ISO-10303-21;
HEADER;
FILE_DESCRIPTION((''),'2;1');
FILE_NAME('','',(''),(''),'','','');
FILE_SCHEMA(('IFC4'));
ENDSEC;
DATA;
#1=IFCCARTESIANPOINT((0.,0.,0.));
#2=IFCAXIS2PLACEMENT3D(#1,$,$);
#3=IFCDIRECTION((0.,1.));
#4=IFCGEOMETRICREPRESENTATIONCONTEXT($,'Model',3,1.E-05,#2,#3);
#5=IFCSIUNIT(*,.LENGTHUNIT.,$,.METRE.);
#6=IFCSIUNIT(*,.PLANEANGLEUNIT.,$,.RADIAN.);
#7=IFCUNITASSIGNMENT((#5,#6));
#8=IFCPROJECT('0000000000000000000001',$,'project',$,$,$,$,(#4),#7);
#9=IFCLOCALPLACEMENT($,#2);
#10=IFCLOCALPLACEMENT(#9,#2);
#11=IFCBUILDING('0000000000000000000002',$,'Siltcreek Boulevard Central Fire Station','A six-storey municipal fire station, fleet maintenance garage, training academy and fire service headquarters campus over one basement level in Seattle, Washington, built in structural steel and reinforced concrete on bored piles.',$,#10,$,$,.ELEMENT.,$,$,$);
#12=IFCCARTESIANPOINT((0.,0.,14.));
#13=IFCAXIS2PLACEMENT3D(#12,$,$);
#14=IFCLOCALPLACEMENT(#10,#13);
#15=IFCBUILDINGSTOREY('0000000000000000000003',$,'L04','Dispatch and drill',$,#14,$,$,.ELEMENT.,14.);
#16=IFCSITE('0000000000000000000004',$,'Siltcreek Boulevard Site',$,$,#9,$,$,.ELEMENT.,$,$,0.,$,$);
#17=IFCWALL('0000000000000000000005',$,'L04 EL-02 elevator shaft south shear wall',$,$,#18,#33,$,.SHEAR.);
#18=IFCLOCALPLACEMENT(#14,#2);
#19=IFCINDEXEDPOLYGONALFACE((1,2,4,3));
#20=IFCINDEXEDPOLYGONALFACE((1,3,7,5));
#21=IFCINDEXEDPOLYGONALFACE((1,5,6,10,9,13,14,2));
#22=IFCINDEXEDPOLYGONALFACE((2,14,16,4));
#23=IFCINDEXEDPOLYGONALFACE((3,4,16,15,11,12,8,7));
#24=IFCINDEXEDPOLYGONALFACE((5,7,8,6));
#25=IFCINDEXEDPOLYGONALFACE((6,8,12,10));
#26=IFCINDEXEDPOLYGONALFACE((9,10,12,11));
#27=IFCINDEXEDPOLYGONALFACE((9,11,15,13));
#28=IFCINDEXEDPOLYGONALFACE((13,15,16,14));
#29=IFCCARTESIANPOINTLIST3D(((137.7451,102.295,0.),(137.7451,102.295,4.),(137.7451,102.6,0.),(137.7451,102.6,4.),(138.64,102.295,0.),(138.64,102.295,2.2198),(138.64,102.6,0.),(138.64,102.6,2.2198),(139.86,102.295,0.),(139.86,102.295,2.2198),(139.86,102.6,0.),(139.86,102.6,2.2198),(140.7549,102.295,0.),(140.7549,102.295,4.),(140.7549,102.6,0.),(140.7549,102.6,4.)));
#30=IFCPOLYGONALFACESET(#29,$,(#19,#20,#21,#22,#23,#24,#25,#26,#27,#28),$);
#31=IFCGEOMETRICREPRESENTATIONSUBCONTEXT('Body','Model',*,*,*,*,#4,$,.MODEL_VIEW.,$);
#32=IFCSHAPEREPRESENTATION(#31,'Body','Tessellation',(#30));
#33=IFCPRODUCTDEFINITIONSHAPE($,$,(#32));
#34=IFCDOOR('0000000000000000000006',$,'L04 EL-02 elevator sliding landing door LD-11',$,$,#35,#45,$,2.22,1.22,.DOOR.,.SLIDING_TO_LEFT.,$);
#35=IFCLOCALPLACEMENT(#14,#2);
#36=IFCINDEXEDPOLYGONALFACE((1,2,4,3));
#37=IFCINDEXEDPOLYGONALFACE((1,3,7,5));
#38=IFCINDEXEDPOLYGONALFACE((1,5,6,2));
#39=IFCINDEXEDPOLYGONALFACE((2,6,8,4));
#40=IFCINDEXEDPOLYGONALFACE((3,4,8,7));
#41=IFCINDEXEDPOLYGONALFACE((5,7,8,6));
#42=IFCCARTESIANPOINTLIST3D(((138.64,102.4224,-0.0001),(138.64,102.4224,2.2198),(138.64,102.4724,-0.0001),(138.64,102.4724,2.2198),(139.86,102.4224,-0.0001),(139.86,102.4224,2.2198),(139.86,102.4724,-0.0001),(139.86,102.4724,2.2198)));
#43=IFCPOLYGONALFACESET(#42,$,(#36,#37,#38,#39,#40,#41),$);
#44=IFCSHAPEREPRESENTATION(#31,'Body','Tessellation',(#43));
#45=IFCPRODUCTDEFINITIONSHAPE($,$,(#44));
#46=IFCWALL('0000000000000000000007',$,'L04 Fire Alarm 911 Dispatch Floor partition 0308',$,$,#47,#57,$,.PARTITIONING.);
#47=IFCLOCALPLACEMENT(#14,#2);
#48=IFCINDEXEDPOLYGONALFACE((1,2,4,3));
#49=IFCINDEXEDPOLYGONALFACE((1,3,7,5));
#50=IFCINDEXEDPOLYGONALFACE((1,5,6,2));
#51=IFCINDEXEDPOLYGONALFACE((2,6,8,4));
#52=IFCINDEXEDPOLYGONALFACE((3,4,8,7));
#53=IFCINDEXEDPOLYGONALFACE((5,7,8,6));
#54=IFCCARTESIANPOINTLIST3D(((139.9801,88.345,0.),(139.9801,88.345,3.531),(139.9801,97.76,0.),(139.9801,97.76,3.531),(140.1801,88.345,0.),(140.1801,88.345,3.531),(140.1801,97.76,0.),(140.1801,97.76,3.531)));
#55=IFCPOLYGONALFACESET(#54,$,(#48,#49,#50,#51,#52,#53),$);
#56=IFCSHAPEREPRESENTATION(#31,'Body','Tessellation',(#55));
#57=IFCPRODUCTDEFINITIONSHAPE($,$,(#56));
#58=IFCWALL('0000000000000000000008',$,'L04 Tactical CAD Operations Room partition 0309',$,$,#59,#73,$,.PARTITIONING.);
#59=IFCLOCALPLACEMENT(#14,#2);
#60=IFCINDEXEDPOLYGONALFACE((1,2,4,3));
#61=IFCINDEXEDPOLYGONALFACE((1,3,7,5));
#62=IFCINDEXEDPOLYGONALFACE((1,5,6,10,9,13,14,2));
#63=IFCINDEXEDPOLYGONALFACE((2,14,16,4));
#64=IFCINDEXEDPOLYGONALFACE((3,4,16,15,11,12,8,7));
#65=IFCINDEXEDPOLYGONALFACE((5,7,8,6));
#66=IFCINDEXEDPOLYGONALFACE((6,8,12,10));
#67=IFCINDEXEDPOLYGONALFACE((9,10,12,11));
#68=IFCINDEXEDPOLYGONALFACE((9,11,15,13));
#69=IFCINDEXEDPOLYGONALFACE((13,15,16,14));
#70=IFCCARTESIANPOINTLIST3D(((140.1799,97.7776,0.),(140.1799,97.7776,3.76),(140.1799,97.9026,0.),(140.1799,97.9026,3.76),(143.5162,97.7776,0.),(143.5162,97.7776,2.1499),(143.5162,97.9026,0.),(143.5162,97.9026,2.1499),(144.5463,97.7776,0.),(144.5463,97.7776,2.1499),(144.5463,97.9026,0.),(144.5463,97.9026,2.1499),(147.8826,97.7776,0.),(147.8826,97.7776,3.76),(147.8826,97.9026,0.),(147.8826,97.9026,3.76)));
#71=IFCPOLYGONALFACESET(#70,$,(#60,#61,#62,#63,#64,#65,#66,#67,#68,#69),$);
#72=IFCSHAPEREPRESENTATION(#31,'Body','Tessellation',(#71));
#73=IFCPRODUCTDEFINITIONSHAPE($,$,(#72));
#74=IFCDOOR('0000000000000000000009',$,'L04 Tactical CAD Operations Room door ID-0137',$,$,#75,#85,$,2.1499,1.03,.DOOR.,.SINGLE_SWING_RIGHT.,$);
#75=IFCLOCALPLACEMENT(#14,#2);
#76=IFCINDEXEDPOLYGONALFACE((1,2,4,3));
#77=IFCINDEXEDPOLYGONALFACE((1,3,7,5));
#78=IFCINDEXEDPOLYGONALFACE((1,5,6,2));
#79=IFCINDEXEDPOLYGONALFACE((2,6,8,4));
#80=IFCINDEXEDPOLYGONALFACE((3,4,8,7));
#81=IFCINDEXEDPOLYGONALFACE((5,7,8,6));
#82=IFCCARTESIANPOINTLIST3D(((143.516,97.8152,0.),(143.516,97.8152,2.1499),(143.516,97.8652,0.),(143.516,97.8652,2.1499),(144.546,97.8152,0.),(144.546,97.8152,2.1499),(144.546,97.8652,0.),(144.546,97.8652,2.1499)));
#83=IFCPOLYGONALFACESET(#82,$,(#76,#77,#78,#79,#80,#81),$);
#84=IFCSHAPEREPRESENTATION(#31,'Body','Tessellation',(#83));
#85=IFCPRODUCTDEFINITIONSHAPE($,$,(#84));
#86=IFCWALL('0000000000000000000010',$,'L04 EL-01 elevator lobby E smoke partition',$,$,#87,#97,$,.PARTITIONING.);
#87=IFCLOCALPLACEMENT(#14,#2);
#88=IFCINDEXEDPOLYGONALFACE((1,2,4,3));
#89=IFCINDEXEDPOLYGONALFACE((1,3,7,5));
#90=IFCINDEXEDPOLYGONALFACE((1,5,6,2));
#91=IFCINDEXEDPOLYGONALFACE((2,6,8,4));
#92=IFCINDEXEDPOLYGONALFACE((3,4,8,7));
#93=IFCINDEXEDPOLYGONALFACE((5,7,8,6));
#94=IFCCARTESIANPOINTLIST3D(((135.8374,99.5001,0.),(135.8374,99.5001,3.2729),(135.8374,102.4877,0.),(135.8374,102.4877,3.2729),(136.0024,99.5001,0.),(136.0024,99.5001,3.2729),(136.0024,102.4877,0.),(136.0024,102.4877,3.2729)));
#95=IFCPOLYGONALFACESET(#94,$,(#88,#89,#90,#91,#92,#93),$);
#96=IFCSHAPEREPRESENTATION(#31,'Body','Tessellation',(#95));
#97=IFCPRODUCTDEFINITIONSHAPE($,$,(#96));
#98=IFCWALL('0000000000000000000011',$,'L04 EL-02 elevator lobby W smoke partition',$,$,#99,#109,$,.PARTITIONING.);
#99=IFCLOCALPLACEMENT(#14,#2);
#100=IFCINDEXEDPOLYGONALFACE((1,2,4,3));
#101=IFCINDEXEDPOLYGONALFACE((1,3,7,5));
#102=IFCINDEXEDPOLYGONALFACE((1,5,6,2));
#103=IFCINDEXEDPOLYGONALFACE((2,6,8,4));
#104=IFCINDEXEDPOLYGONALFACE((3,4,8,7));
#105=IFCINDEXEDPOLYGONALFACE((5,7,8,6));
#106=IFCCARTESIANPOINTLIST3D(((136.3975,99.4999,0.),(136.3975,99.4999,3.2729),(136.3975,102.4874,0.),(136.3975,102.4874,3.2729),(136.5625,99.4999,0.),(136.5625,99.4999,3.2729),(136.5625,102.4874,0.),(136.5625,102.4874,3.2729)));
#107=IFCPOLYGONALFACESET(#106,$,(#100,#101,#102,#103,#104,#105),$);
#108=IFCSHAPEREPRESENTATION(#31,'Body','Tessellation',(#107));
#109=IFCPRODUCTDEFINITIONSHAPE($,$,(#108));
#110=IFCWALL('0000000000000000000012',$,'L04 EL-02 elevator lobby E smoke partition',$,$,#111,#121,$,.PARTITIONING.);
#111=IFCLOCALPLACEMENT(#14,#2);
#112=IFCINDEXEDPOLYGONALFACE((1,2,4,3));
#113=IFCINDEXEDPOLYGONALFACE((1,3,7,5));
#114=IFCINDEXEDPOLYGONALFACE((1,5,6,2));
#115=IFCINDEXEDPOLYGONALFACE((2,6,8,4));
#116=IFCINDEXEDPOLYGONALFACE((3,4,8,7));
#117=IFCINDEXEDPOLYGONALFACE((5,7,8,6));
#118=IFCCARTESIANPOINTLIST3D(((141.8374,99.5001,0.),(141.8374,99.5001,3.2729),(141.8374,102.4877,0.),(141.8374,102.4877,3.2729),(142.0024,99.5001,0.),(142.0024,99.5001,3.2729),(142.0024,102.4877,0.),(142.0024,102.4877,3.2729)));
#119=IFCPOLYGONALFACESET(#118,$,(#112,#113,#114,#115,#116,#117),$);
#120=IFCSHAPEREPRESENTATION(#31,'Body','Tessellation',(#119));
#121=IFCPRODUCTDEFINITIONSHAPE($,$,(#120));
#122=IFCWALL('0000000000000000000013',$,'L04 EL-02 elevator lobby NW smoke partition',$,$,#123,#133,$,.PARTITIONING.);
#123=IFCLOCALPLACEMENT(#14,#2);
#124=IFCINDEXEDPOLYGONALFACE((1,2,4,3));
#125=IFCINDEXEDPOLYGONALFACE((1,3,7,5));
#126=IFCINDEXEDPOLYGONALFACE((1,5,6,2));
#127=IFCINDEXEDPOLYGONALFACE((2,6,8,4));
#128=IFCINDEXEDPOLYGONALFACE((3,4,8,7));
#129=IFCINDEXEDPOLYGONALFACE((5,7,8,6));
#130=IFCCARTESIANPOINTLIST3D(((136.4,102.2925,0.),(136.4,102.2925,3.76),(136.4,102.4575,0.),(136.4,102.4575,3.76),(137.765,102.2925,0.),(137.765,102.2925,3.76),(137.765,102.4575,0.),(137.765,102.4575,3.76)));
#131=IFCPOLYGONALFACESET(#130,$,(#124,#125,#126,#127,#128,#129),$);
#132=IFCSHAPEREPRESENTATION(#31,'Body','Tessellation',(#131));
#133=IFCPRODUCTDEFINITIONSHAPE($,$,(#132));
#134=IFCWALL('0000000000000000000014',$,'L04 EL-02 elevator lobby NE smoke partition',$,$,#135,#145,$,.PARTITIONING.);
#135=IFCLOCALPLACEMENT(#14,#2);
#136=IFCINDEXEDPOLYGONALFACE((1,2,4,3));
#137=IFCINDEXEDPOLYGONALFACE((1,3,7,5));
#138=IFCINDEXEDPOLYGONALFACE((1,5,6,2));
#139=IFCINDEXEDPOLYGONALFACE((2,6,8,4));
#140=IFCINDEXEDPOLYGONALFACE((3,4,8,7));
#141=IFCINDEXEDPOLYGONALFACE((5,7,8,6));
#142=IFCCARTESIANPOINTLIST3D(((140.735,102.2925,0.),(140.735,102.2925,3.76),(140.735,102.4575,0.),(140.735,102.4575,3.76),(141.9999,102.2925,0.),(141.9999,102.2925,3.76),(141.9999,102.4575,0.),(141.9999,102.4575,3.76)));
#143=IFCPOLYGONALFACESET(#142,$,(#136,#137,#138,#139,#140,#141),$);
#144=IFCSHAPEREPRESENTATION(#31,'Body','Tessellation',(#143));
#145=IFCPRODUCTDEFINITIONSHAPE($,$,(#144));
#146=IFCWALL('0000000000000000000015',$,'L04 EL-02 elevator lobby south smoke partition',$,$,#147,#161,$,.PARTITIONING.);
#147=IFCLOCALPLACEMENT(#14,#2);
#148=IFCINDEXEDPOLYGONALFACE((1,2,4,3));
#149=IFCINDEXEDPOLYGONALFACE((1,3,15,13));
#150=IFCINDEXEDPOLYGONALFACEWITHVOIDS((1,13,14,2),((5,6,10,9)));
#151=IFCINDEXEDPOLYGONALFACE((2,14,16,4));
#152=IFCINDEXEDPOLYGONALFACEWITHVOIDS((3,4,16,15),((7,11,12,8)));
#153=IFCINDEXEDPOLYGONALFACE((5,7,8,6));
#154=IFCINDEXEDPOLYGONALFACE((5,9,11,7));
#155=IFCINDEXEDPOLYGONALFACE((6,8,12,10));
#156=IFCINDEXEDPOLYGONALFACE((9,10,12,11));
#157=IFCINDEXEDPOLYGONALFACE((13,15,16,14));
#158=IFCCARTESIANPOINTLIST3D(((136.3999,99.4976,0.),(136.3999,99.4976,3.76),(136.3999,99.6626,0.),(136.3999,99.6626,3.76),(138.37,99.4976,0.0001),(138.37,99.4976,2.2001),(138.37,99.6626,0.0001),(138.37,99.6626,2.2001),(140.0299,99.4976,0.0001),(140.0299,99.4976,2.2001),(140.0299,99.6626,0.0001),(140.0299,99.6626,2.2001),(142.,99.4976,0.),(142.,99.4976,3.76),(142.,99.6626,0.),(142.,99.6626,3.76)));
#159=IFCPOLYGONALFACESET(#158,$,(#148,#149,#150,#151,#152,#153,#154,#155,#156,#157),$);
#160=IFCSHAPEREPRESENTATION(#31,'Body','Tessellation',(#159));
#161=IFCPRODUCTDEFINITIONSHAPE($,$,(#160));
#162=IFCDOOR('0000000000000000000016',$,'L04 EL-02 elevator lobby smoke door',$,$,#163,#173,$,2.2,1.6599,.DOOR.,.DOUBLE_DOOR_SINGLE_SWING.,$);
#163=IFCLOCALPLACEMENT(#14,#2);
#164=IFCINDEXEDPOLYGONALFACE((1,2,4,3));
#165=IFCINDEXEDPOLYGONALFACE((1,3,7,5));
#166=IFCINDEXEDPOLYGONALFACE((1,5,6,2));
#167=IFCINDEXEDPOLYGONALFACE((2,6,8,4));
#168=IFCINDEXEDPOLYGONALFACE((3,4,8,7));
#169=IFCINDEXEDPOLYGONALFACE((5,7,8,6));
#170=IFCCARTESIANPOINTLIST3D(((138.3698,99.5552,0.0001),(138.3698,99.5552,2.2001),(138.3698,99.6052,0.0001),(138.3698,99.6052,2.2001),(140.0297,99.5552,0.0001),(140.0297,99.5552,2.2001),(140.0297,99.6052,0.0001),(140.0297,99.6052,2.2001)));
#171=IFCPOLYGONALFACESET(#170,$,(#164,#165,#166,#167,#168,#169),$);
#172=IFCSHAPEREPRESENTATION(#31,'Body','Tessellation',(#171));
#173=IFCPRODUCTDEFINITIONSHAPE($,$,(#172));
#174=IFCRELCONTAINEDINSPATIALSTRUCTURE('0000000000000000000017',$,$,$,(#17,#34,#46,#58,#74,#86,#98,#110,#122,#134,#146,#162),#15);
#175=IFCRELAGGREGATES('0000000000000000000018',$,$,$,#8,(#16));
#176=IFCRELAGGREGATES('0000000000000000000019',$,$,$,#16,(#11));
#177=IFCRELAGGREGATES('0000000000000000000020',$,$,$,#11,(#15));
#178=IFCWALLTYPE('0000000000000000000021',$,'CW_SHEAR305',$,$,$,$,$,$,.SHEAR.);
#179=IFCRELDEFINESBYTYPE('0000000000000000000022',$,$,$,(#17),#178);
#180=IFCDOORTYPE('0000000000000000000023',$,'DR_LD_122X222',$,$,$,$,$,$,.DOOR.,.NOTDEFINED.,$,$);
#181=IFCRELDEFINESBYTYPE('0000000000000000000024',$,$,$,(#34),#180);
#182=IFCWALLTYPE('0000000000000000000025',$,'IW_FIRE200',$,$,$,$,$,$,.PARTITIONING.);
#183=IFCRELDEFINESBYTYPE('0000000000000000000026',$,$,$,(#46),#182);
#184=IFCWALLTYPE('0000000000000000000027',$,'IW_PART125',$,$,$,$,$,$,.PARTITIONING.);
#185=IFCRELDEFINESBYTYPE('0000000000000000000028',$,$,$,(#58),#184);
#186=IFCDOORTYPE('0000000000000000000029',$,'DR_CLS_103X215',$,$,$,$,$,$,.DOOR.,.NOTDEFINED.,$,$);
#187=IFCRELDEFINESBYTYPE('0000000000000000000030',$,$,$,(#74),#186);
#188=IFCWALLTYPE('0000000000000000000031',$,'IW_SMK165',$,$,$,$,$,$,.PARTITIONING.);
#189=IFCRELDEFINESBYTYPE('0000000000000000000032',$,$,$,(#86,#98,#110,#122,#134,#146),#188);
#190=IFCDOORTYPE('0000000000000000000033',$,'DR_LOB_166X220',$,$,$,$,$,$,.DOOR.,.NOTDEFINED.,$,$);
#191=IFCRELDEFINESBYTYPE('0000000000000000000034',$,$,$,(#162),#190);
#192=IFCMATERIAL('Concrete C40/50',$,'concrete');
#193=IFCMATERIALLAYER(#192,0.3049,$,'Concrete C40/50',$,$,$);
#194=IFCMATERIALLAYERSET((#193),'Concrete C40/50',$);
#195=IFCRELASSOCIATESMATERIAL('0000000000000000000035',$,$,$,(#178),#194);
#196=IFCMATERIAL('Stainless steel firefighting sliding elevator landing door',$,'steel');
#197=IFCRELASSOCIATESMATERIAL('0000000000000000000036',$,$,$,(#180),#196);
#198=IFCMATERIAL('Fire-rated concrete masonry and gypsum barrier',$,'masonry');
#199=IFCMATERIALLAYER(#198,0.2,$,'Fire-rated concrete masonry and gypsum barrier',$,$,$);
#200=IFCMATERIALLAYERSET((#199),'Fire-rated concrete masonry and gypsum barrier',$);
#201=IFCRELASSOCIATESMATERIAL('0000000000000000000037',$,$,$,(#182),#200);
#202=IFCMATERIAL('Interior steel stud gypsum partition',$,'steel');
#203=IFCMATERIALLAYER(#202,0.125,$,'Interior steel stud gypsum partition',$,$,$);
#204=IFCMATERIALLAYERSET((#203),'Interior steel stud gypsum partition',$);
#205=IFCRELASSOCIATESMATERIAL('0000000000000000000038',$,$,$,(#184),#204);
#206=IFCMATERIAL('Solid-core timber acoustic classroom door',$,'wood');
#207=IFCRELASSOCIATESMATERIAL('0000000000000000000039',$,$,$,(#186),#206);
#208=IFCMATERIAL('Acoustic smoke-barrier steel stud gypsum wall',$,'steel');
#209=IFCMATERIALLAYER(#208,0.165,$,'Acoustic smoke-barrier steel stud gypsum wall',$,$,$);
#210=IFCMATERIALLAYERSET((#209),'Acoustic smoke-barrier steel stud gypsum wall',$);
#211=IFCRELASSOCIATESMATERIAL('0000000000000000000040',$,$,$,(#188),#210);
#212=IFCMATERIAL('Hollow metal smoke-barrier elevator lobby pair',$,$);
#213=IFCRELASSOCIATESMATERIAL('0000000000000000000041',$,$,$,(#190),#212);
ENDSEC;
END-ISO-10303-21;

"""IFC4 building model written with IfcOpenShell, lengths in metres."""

from ifc_helpers import new_model, si_unit, direction, frame, frame_2d, origin, place, context, subcontext, project, spatial, rectangle, extrude, material, layer, layer_set, type_object, element, fill, save


model = new_model("IFC4")

# Units and contexts
model_context = context("Model", 3, precision=1e-05, world=origin(), true_north=direction((0.0, 1.0)))
body_context = subcontext(model_context, "Body", "Model", "MODEL_VIEW")
ifc_project = project(units=[si_unit("LENGTHUNIT", "METRE"), si_unit("PLANEANGLEUNIT", "RADIAN")], contexts=[model_context])

# Site, building, storey
site_placement = place(None, origin())
site = spatial("IfcSite", under=ifc_project, at=site_placement, Name="Siltcreek Boulevard Site", CompositionType="ELEMENT", RefElevation=0.0)
building_placement = place(site_placement, origin())
building = spatial("IfcBuilding", under=site, at=building_placement, Name="Siltcreek Boulevard Central Fire Station", Description="A six-storey municipal fire station, fleet maintenance garage, training academy and fire service headquarters campus over one basement level in Seattle, Washington, built in structural steel and reinforced concrete on bored piles.", CompositionType="ELEMENT")
storey_placement = place(building_placement, frame((0.0, 0.0, 14.0)))
storey = spatial("IfcBuildingStorey", under=building, at=storey_placement, Name="L04", Description="Dispatch and drill", CompositionType="ELEMENT", Elevation=14.0)

# Wall, opening, door
ifc_material_1 = material(Name="Concrete C40/50", Category="concrete")
ifc_layer_1 = layer(ifc_material_1, 0.3049, Name="Concrete C40/50")
ifc_layer_set_1 = layer_set([ifc_layer_1], Name="Concrete C40/50")
wall_type_1 = type_object("IfcWallType", Name="CW_SHEAR305", PredefinedType="SHEAR", material=ifc_layer_set_1)
wall_1_placement = place(storey_placement, frame((137.7451, 102.4475, 0.0), z_axis=(0.0, 0.0, 1.0), x_axis=(1.0, 0.0, 0.0)))
wall_1 = element("IfcWall", 1, at=wall_1_placement, inside=storey, type_object=wall_type_1, Name="L04 EL-02 elevator shaft south shear wall", PredefinedType="SHEAR", context=body_context, shape_type="SweptSolid", body=[
    extrude(rectangle(XDim=3.0098, YDim=0.3049, at=frame_2d((1.5049, 0.0))), origin(), (0.0, 0.0, 1.0), 4.0),
])
opening_1_placement = place(wall_1_placement, frame((0.895, 0.0, 0.0)))
opening_1 = element("IfcOpeningElement", 2, at=opening_1_placement, cuts=wall_1, PredefinedType="OPENING", context=body_context, shape_type="SweptSolid", body=[
    extrude(rectangle(XDim=1.22, YDim=2.22, at=frame_2d((0.6099, 1.1099))), frame((0.0, 0.1624, 0.0), z_axis=(0.0, -1.0, 0.0), x_axis=(1.0, 0.0, 0.0)), (0.0, 0.0, 1.0), 0.325),
])
ifc_material_2 = material(Name="Stainless steel firefighting sliding elevator landing door", Category="steel")
door_type_1 = type_object("IfcDoorType", Name="DR_LD_122X222", OperationType="NOTDEFINED", PredefinedType="DOOR", material=ifc_material_2)
door_1_placement = place(opening_1_placement, origin())
door_1 = element("IfcDoor", 3, at=door_1_placement, inside=storey, type_object=door_type_1, Name="L04 EL-02 elevator sliding landing door LD-11", OperationType="SLIDING_TO_LEFT", OverallHeight=2.22, OverallWidth=1.22, PredefinedType="DOOR", context=body_context, shape_type="SweptSolid", body=[
    extrude(rectangle(XDim=1.22, YDim=2.22, at=frame_2d((0.6099, 1.1099))), frame((0.0, 0.0249, 0.0), z_axis=(0.0, -1.0, 0.0), x_axis=(1.0, 0.0, 0.0)), (0.0, 0.0, 1.0), 0.05),
])
fill(opening_1, door_1)

# Wall
ifc_material_3 = material(Name="Fire-rated concrete masonry and gypsum barrier", Category="masonry")
ifc_layer_2 = layer(ifc_material_3, 0.2, Name="Fire-rated concrete masonry and gypsum barrier")
ifc_layer_set_2 = layer_set([ifc_layer_2], Name="Fire-rated concrete masonry and gypsum barrier")
wall_type_2 = type_object("IfcWallType", Name="IW_FIRE200", PredefinedType="PARTITIONING", material=ifc_layer_set_2)
wall_2_placement = place(storey_placement, frame((140.0801, 97.76, 0.0), z_axis=(0.0, 0.0, 1.0), x_axis=(0.0, -1.0, 0.0)))
element("IfcWall", 4, at=wall_2_placement, inside=storey, type_object=wall_type_2, Name="L04 Fire Alarm 911 Dispatch Floor partition 0308", PredefinedType="PARTITIONING", context=body_context, shape_type="SweptSolid", body=[
    extrude(rectangle(XDim=9.415, YDim=0.2, at=frame_2d((4.7075, 0.0))), origin(), (0.0, 0.0, 1.0), 3.531),
])

# Wall, opening, door
ifc_material_4 = material(Name="Interior steel stud gypsum partition", Category="steel")
ifc_layer_3 = layer(ifc_material_4, 0.125, Name="Interior steel stud gypsum partition")
ifc_layer_set_3 = layer_set([ifc_layer_3], Name="Interior steel stud gypsum partition")
wall_type_3 = type_object("IfcWallType", Name="IW_PART125", PredefinedType="PARTITIONING", material=ifc_layer_set_3)
wall_3_placement = place(storey_placement, frame((140.1799, 97.8401, 0.0), z_axis=(0.0, 0.0, 1.0), x_axis=(1.0, 0.0, 0.0)))
wall_3 = element("IfcWall", 5, at=wall_3_placement, inside=storey, type_object=wall_type_3, Name="L04 Tactical CAD Operations Room partition 0309", PredefinedType="PARTITIONING", context=body_context, shape_type="SweptSolid", body=[
    extrude(rectangle(XDim=7.7026, YDim=0.125, at=frame_2d((3.8513, 0.0))), origin(), (0.0, 0.0, 1.0), 3.76),
])
opening_2_placement = place(wall_3_placement, frame((3.3362, 0.0, 0.0)))
opening_2 = element("IfcOpeningElement", 6, at=opening_2_placement, cuts=wall_3, PredefinedType="OPENING", context=body_context, shape_type="SweptSolid", body=[
    extrude(rectangle(XDim=1.03, YDim=2.1499, at=frame_2d((0.5151, 1.075))), frame((0.0, 0.0725, 0.0), z_axis=(0.0, -1.0, 0.0), x_axis=(1.0, 0.0, 0.0)), (0.0, 0.0, 1.0), 0.145),
])
ifc_material_5 = material(Name="Solid-core timber acoustic classroom door", Category="wood")
door_type_2 = type_object("IfcDoorType", Name="DR_CLS_103X215", OperationType="NOTDEFINED", PredefinedType="DOOR", material=ifc_material_5)
door_2_placement = place(opening_2_placement, frame((1.03, 0.0, 0.0), z_axis=(0.0, 0.0, 1.0), x_axis=(-1.0, 0.0, 0.0)))
door_2 = element("IfcDoor", 7, at=door_2_placement, inside=storey, type_object=door_type_2, Name="L04 Tactical CAD Operations Room door ID-0137", OperationType="SINGLE_SWING_RIGHT", OverallHeight=2.1499, OverallWidth=1.03, PredefinedType="DOOR", context=body_context, shape_type="SweptSolid", body=[
    extrude(rectangle(XDim=1.03, YDim=2.1499, at=frame_2d((0.5151, 1.075))), frame((0.0, 0.0249, 0.0), z_axis=(0.0, -1.0, 0.0), x_axis=(1.0, 0.0, 0.0)), (0.0, 0.0, 1.0), 0.05),
])
fill(opening_2, door_2)

# Walls
ifc_material_6 = material(Name="Acoustic smoke-barrier steel stud gypsum wall", Category="steel")
ifc_layer_4 = layer(ifc_material_6, 0.165, Name="Acoustic smoke-barrier steel stud gypsum wall")
ifc_layer_set_4 = layer_set([ifc_layer_4], Name="Acoustic smoke-barrier steel stud gypsum wall")
wall_type_4 = type_object("IfcWallType", Name="IW_SMK165", PredefinedType="PARTITIONING", material=ifc_layer_set_4)
for number, where, z_axis, x_axis, name in (
    (8, (135.9199, 102.4875, 0.0), (0.0, 0.0, 1.0), (0.0, -1.0, 0.0), "L04 EL-01 elevator lobby E smoke partition"),
    (9, (136.48, 99.5, 0.0), (0.0, 0.0, 1.0), (0.0, 1.0, 0.0), "L04 EL-02 elevator lobby W smoke partition"),
    (10, (141.9199, 102.4875, 0.0), (0.0, 0.0, 1.0), (0.0, -1.0, 0.0), "L04 EL-02 elevator lobby E smoke partition"),
):
    element("IfcWall", number, at=place(storey_placement, frame(where, z_axis=z_axis, x_axis=x_axis)), inside=storey, type_object=wall_type_4, Name=name, PredefinedType="PARTITIONING", context=body_context, shape_type="SweptSolid", body=[
        extrude(rectangle(XDim=2.9875, YDim=0.165, at=frame_2d((1.4937, 0.0))), origin(), (0.0, 0.0, 1.0), 3.2729),
    ])
wall_4_placement = place(storey_placement, frame((136.3999, 102.375, 0.0), z_axis=(0.0, 0.0, 1.0), x_axis=(1.0, 0.0, 0.0)))
element("IfcWall", 11, at=wall_4_placement, inside=storey, type_object=wall_type_4, Name="L04 EL-02 elevator lobby NW smoke partition", PredefinedType="PARTITIONING", context=body_context, shape_type="SweptSolid", body=[
    extrude(rectangle(XDim=1.365, YDim=0.165, at=frame_2d((0.6826, 0.0))), origin(), (0.0, 0.0, 1.0), 3.76),
])
wall_5_placement = place(storey_placement, frame((140.7351, 102.375, 0.0), z_axis=(0.0, 0.0, 1.0), x_axis=(1.0, 0.0, 0.0)))
element("IfcWall", 12, at=wall_5_placement, inside=storey, type_object=wall_type_4, Name="L04 EL-02 elevator lobby NE smoke partition", PredefinedType="PARTITIONING", context=body_context, shape_type="SweptSolid", body=[
    extrude(rectangle(XDim=1.2649, YDim=0.165, at=frame_2d((0.6323, 0.0))), origin(), (0.0, 0.0, 1.0), 3.76),
])

# Wall, opening, door
wall_6_placement = place(storey_placement, frame((136.3999, 99.5801, 0.0), z_axis=(0.0, 0.0, 1.0), x_axis=(1.0, 0.0, 0.0)))
wall_6 = element("IfcWall", 13, at=wall_6_placement, inside=storey, type_object=wall_type_4, Name="L04 EL-02 elevator lobby south smoke partition", PredefinedType="PARTITIONING", context=body_context, shape_type="SweptSolid", body=[
    extrude(rectangle(XDim=5.6001, YDim=0.165, at=frame_2d((2.8, 0.0))), origin(), (0.0, 0.0, 1.0), 3.76),
])
opening_3_placement = place(wall_6_placement, frame((1.97, 0.0, 0.0)))
opening_3 = element("IfcOpeningElement", 14, at=opening_3_placement, cuts=wall_6, PredefinedType="OPENING", context=body_context, shape_type="SweptSolid", body=[
    extrude(rectangle(XDim=1.6599, YDim=2.2, at=frame_2d((0.8301, 1.1001))), frame((0.0, 0.0925, 0.0), z_axis=(0.0, -1.0, 0.0), x_axis=(1.0, 0.0, 0.0)), (0.0, 0.0, 1.0), 0.1851),
])
ifc_material_7 = material(Name="Hollow metal smoke-barrier elevator lobby pair")
door_type_3 = type_object("IfcDoorType", Name="DR_LOB_166X220", OperationType="NOTDEFINED", PredefinedType="DOOR", material=ifc_material_7)
door_3_placement = place(opening_3_placement, frame((1.6599, 0.0, 0.0), z_axis=(0.0, 0.0, 1.0), x_axis=(-1.0, 0.0, 0.0)))
door_3 = element("IfcDoor", 15, at=door_3_placement, inside=storey, type_object=door_type_3, Name="L04 EL-02 elevator lobby smoke door", OperationType="DOUBLE_DOOR_SINGLE_SWING", OverallHeight=2.2, OverallWidth=1.6599, PredefinedType="DOOR", context=body_context, shape_type="SweptSolid", body=[
    extrude(rectangle(XDim=1.6599, YDim=2.2, at=frame_2d((0.8301, 1.1001))), frame((0.0, 0.0249, 0.0), z_axis=(0.0, -1.0, 0.0), x_axis=(1.0, 0.0, 0.0)), (0.0, 0.0, 1.0), 0.05),
])
fill(opening_3, door_3)

save(model, "model.ifc")
